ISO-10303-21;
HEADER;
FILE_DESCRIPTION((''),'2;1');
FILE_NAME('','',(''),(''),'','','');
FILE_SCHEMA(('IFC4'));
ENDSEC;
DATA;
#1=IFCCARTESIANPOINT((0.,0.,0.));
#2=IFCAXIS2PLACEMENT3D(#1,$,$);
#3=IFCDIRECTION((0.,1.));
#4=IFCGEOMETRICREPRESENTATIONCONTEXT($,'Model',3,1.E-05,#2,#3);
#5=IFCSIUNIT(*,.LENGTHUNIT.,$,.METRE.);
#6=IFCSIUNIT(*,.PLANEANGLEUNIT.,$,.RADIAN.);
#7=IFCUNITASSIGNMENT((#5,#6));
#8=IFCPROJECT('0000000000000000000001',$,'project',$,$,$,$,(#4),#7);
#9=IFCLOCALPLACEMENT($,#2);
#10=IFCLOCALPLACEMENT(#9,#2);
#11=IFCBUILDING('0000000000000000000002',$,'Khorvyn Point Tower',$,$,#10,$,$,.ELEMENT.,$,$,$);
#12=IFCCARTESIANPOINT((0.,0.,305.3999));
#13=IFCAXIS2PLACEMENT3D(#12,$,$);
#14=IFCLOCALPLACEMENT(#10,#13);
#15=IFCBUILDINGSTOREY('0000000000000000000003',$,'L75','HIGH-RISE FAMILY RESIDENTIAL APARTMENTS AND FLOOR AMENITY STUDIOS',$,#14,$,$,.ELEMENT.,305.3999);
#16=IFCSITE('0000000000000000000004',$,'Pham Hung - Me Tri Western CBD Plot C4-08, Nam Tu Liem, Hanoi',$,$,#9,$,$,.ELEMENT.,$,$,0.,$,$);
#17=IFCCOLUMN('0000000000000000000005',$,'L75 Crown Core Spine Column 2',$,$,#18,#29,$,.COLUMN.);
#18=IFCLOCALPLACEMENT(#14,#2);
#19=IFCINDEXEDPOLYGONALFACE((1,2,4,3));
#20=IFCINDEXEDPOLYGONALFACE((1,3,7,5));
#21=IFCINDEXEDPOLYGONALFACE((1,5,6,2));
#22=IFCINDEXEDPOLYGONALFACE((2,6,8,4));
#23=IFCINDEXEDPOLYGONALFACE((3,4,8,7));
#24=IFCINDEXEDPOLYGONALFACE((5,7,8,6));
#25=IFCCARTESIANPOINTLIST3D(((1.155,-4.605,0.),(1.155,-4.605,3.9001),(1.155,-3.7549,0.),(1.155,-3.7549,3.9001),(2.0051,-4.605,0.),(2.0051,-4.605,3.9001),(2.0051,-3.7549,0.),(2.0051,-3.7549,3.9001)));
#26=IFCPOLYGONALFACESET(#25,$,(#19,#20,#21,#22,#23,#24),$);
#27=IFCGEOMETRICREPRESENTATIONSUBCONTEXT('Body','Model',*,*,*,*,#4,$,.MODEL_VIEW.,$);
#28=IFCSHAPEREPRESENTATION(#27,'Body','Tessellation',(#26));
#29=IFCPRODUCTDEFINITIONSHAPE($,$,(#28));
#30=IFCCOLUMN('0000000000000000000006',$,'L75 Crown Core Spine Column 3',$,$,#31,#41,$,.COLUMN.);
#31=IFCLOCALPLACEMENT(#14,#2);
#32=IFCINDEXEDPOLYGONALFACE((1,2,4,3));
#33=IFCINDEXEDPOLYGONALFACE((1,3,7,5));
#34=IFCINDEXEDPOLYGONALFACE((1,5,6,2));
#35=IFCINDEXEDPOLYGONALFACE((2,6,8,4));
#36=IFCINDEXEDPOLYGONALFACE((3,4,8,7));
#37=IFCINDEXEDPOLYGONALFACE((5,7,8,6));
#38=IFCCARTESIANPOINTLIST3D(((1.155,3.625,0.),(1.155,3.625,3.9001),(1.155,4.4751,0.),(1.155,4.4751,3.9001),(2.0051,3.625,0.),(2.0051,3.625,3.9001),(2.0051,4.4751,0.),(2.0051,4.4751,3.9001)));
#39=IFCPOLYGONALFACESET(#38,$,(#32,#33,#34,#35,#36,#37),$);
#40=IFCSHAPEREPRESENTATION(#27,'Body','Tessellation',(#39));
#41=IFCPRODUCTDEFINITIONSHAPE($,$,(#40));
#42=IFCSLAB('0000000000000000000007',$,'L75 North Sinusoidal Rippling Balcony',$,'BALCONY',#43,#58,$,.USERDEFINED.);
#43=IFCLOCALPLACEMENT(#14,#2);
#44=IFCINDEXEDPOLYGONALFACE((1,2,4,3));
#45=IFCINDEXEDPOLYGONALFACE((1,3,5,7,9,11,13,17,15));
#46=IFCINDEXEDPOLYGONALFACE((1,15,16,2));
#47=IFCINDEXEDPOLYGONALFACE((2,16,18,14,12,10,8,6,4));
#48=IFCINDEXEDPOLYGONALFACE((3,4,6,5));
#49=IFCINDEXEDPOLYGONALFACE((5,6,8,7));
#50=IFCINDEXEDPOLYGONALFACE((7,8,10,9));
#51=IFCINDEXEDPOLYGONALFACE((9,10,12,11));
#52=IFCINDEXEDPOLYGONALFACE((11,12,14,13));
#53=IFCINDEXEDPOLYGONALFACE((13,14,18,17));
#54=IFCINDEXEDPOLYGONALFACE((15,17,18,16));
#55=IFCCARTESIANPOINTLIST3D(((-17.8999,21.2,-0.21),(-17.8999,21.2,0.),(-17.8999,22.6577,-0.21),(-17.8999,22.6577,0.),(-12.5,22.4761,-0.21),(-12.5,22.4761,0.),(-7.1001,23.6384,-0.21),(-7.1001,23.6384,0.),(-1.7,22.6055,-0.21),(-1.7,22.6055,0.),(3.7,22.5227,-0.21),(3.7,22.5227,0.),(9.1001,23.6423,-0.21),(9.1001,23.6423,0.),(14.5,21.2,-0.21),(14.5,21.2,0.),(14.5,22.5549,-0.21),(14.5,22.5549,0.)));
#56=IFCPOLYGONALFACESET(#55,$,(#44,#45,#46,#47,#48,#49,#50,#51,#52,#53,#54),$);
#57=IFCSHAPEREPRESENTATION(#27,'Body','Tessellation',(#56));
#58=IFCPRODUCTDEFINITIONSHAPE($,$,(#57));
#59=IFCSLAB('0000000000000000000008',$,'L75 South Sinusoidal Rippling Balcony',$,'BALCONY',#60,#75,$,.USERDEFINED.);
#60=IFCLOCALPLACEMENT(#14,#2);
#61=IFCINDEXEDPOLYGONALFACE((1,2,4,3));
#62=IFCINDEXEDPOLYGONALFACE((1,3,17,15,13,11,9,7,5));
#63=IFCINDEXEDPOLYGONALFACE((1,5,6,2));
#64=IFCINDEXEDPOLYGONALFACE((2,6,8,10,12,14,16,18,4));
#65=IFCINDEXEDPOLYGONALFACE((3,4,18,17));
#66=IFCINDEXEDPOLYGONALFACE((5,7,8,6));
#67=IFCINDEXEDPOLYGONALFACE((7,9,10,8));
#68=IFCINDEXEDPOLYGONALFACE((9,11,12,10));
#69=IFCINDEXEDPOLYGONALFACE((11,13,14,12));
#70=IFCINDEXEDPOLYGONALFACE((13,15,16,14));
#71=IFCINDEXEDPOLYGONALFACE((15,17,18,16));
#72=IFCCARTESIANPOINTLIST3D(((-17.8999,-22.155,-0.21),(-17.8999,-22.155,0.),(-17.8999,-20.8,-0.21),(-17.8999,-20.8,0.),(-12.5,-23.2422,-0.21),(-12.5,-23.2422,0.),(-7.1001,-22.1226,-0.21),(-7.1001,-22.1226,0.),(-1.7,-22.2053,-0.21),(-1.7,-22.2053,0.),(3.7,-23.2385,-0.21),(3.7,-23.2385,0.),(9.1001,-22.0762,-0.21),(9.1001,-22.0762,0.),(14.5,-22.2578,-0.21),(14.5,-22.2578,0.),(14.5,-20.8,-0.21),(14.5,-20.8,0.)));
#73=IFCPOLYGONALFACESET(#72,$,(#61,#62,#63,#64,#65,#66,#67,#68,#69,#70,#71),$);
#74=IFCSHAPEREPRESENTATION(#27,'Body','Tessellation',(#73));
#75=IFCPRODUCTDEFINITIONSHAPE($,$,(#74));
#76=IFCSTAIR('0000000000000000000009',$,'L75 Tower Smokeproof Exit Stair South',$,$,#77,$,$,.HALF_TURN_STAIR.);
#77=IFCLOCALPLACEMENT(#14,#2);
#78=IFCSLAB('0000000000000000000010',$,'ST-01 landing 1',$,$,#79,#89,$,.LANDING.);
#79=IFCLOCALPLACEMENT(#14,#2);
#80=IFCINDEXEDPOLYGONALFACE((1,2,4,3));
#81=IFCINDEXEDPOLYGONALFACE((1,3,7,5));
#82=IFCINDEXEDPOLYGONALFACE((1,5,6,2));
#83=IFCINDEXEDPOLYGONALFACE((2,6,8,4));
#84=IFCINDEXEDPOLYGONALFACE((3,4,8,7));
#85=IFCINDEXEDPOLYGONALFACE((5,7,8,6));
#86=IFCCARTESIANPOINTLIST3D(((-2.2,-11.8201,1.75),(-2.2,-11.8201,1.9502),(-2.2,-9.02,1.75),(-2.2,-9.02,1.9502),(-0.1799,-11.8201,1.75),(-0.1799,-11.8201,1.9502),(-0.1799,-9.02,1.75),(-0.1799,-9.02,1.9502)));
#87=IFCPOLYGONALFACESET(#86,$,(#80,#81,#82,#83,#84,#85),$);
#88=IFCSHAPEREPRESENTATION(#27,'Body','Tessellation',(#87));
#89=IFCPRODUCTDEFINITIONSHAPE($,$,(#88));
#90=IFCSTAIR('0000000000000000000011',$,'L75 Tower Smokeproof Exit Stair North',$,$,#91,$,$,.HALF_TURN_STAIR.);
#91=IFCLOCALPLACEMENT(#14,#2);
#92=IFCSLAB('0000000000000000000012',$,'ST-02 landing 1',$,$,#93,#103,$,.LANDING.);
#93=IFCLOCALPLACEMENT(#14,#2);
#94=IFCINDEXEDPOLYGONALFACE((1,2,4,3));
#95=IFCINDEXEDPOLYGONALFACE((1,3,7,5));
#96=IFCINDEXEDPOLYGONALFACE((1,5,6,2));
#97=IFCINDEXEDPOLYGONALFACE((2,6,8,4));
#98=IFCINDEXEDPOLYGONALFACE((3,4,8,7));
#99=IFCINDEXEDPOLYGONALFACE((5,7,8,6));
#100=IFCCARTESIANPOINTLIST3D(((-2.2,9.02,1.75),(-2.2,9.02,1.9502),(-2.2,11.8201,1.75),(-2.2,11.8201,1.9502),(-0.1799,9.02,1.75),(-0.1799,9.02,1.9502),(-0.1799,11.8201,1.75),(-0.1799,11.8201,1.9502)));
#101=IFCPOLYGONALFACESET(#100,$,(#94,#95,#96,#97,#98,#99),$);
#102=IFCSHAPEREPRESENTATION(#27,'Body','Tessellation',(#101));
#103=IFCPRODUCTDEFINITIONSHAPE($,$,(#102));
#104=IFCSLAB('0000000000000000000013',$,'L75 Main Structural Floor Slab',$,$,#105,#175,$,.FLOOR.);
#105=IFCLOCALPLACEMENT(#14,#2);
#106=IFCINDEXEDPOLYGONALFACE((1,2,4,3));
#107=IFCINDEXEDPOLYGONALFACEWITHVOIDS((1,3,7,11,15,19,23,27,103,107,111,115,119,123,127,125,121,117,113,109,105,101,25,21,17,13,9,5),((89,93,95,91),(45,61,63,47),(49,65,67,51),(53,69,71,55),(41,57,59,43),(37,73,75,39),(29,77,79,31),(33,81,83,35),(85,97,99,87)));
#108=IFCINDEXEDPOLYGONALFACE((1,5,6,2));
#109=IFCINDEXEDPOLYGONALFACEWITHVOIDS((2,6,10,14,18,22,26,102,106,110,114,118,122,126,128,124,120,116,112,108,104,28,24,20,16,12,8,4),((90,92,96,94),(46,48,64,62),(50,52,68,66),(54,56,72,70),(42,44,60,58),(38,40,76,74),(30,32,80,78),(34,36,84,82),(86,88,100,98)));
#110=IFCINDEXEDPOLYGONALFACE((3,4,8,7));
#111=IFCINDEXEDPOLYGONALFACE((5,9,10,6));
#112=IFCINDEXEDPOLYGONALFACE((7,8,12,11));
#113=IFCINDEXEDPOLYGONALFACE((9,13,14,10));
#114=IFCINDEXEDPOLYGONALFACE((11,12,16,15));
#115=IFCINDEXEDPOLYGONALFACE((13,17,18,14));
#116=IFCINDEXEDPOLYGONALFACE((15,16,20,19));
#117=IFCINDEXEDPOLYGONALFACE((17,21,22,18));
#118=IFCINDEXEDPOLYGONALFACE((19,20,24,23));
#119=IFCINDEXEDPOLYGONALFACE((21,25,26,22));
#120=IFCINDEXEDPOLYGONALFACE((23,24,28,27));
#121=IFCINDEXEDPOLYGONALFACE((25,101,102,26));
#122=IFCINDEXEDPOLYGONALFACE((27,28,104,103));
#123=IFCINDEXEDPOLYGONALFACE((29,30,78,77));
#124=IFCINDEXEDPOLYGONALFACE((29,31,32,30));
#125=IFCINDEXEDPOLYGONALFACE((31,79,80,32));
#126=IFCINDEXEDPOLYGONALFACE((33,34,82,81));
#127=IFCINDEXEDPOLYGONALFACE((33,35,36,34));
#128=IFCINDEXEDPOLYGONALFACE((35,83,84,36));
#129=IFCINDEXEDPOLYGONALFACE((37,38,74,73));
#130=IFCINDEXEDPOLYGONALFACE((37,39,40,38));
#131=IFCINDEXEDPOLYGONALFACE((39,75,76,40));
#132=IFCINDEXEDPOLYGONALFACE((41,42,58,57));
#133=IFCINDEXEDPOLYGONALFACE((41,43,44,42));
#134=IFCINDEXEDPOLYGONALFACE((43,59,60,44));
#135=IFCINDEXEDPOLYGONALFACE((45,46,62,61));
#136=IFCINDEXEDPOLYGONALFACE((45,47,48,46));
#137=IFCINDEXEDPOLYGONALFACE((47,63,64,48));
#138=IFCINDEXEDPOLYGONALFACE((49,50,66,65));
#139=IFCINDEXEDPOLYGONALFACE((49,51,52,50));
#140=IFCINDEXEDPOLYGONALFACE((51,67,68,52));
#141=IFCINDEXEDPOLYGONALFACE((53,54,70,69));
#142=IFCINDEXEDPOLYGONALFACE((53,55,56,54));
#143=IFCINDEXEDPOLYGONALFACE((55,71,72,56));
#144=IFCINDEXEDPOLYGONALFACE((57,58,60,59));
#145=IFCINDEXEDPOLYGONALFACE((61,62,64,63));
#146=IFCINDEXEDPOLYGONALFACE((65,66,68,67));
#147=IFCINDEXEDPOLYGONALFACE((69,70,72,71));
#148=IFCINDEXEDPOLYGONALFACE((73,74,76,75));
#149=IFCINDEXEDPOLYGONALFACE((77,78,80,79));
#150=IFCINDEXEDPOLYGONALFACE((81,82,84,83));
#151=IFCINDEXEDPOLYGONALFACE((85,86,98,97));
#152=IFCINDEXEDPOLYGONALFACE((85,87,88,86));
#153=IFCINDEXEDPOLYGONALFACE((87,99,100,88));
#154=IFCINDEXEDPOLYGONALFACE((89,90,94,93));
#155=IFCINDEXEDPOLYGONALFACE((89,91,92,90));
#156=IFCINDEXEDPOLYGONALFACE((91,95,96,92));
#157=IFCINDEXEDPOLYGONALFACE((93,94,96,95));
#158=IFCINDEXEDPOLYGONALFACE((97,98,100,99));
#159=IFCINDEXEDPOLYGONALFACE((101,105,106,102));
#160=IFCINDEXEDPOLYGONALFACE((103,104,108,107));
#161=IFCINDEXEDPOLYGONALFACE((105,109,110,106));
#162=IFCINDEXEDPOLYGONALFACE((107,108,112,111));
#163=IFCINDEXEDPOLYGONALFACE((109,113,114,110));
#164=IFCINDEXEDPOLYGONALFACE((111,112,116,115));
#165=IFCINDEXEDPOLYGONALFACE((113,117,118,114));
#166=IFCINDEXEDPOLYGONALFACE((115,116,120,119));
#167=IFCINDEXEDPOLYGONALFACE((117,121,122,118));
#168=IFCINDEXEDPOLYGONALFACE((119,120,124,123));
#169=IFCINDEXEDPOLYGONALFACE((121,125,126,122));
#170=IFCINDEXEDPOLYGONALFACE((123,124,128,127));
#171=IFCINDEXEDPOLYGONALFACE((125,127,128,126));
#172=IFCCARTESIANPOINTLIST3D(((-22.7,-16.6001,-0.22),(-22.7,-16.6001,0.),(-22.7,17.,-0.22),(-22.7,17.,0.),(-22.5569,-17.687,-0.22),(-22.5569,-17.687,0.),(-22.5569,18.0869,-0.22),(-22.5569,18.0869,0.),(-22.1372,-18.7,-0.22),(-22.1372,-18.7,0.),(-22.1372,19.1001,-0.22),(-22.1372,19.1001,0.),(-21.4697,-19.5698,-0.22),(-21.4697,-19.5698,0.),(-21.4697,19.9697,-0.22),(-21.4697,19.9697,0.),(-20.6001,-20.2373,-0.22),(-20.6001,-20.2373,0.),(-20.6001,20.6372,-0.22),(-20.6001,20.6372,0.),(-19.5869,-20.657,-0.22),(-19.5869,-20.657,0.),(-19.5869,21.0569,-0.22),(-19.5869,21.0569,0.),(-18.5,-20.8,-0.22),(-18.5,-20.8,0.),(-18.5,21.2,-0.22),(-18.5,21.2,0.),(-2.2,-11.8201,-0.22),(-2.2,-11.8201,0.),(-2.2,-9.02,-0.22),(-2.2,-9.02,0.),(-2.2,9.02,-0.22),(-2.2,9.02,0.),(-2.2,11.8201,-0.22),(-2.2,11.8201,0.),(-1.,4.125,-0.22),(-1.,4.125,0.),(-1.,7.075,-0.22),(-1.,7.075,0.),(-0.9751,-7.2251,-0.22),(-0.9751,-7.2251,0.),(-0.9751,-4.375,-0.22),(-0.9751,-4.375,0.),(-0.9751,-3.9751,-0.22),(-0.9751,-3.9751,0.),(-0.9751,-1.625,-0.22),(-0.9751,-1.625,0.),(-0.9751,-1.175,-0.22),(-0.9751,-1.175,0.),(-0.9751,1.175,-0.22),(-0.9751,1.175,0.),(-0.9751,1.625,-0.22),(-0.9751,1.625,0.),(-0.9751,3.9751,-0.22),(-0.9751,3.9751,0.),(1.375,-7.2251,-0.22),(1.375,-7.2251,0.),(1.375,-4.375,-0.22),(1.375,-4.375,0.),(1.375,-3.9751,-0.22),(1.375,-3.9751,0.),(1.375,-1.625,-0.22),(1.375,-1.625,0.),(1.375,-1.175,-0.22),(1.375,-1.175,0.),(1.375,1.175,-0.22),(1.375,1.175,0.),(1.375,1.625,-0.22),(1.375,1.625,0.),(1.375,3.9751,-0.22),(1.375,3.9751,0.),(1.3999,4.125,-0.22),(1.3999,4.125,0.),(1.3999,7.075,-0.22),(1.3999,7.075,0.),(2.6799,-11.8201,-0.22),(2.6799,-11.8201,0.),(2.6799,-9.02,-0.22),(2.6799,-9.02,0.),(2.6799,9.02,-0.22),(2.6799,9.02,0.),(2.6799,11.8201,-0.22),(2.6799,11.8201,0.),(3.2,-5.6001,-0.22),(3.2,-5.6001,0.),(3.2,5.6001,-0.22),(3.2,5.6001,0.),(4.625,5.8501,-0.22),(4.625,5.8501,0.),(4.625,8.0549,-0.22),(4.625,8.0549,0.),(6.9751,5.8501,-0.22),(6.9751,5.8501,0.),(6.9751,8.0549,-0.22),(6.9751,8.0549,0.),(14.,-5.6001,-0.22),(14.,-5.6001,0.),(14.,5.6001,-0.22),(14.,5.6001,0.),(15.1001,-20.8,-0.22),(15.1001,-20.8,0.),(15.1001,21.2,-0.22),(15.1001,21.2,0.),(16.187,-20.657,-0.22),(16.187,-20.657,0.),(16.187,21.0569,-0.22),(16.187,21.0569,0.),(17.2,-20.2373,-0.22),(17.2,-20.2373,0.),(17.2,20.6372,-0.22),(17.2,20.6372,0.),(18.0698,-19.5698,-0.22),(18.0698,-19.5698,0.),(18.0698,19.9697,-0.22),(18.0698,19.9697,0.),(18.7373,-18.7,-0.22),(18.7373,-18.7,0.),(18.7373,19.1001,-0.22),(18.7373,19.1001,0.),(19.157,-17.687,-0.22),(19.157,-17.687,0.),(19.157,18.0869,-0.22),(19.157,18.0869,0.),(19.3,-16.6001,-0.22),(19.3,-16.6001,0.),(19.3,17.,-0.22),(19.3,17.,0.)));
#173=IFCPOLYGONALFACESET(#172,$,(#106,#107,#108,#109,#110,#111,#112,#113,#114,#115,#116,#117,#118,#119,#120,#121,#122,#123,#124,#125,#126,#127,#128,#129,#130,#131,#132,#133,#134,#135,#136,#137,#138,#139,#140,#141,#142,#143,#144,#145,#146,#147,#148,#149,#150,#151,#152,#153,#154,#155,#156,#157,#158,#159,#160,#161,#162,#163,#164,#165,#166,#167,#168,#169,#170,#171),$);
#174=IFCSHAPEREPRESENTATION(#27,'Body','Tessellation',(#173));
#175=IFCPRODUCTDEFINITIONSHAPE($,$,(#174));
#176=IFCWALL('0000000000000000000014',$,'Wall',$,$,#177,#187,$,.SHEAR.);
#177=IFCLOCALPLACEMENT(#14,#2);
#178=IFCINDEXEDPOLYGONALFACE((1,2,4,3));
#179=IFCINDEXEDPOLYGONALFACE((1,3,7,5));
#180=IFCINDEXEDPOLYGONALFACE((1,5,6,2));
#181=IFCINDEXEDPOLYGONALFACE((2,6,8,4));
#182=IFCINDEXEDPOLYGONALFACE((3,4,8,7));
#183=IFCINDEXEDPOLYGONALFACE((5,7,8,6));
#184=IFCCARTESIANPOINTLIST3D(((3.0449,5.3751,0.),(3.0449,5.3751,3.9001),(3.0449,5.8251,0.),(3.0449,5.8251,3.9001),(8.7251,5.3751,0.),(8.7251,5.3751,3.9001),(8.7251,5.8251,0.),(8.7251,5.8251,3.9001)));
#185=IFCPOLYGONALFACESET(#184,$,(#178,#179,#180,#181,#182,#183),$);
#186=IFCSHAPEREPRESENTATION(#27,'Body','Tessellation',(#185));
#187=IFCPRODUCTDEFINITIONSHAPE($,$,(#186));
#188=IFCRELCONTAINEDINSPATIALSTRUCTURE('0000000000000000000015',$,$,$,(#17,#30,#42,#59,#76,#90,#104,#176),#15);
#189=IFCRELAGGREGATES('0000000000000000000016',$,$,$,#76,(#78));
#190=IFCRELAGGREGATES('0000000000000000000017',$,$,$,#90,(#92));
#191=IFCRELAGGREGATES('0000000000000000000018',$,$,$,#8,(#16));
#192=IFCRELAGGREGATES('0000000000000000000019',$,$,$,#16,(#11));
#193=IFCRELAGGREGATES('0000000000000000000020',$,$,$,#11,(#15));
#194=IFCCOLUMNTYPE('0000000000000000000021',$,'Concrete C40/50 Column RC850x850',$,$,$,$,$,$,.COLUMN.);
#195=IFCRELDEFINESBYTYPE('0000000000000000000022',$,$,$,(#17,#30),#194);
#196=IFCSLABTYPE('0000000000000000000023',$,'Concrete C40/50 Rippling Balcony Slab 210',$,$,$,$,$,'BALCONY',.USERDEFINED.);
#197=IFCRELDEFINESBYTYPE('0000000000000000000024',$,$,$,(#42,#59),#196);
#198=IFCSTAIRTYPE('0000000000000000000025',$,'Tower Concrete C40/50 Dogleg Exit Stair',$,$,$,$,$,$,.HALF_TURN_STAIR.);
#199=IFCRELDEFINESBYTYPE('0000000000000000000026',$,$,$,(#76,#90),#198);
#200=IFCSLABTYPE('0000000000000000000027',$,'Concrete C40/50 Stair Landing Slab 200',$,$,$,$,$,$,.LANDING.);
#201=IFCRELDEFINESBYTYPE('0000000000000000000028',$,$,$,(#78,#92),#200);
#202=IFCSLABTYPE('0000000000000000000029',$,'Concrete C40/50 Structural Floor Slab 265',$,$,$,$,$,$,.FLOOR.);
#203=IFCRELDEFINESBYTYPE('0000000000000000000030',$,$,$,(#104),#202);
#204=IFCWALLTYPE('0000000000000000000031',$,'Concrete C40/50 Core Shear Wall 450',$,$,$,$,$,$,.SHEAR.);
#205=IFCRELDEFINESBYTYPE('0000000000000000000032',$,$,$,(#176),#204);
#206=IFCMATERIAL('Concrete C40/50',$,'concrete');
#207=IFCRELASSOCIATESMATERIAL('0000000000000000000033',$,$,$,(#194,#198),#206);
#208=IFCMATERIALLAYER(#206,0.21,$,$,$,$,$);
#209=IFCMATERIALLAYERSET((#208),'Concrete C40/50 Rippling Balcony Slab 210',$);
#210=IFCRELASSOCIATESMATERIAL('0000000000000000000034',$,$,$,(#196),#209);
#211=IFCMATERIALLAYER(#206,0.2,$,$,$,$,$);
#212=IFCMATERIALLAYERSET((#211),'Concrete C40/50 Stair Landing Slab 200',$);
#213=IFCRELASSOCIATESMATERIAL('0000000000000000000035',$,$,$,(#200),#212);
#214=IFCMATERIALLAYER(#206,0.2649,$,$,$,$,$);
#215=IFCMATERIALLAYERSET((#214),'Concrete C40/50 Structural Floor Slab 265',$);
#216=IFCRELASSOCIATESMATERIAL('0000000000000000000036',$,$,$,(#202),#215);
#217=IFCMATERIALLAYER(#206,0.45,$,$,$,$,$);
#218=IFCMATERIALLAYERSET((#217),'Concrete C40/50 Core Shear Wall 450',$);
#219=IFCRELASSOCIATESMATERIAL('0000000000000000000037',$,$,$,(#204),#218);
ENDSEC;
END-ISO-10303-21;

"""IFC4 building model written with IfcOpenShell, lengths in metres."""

from ifc_helpers import new_model, si_unit, direction, frame, frame_2d, origin, origin_2d, place, context, subcontext, project, spatial, polyline, rectangle, outline, extrude, material, layer, layer_set, material_profile, profile_set, type_object, element, aggregate, save


model = new_model("IFC4")

# Units and contexts
model_context = context("Model", 3, precision=1e-05, world=origin(), true_north=direction((0.0, 1.0)))
body_context = subcontext(model_context, "Body", "Model", "MODEL_VIEW")
ifc_project = project(units=[si_unit("LENGTHUNIT", "METRE"), si_unit("PLANEANGLEUNIT", "RADIAN")], contexts=[model_context])

# Site, building, storey
site_placement = place(None, origin())
site = spatial("IfcSite", under=ifc_project, at=site_placement, Name="Pham Hung - Me Tri Western CBD Plot C4-08, Nam Tu Liem, Hanoi", CompositionType="ELEMENT", RefElevation=0.0)
building_placement = place(site_placement, origin())
building = spatial("IfcBuilding", under=site, at=building_placement, Name="Khorvyn Point Tower", CompositionType="ELEMENT")
storey_placement = place(building_placement, frame((0.0, 0.0, 305.3999)))
storey = spatial("IfcBuildingStorey", under=building, at=storey_placement, Name="L75", Description="HIGH-RISE FAMILY RESIDENTIAL APARTMENTS AND FLOOR AMENITY STUDIOS", CompositionType="ELEMENT", Elevation=305.3999)

# Columns
ifc_material_1 = material(Name="Concrete C40/50", Category="concrete")
ifc_material_profile = material_profile(ifc_material_1, rectangle(XDim=0.8501, YDim=0.8501, at=origin_2d()))
ifc_profile_set = profile_set([ifc_material_profile], Name="Concrete C40/50 RC850x850")
column_type = type_object("IfcColumnType", Name="Concrete C40/50 Column RC850x850", PredefinedType="COLUMN", material=ifc_profile_set)
for number, where, z_axis, x_axis, name in (
    (1, (1.5801, -4.1799, 0.0), (0.0, 0.0, 1.0), (1.0, 0.0, 0.0), "L75 Crown Core Spine Column 2"),
    (2, (1.5801, 4.05, 0.0), (0.0, 0.0, 1.0), (1.0, 0.0, 0.0), "L75 Crown Core Spine Column 3"),
):
    element("IfcColumn", number, at=place(storey_placement, frame(where, z_axis=z_axis, x_axis=x_axis)), inside=storey, type_object=column_type, Name=name, PredefinedType="COLUMN", context=body_context, shape_type="SweptSolid", body=[
        extrude(rectangle(XDim=0.8501, YDim=0.8501, at=origin_2d()), origin(), (0.0, 0.0, 1.0), 3.9001),
    ])

# Slabs
ifc_layer_1 = layer(ifc_material_1, 0.21)
ifc_layer_set_1 = layer_set([ifc_layer_1], Name="Concrete C40/50 Rippling Balcony Slab 210")
slab_type_1 = type_object("IfcSlabType", Name="Concrete C40/50 Rippling Balcony Slab 210", ElementType="BALCONY", PredefinedType="USERDEFINED", material=ifc_layer_set_1)
slab_1_placement = place(storey_placement, frame((0.0, 0.0, -0.21)))
element("IfcSlab", 3, at=slab_1_placement, inside=storey, type_object=slab_type_1, Name="L75 North Sinusoidal Rippling Balcony", ObjectType="BALCONY", PredefinedType="USERDEFINED", context=body_context, shape_type="SweptSolid", body=[
    extrude(outline(polyline([(14.5, 21.2), (14.5, 22.5549), (9.1001, 23.6423), (3.7, 22.5227), (-1.7, 22.6055), (-7.1001, 23.6384), (-12.5, 22.4761), (-17.8999, 22.6577), (-17.8999, 21.2), (14.5, 21.2)])), origin(), (0.0, 0.0, 1.0), 0.21),
])
slab_2_placement = place(storey_placement, frame((0.0, 0.0, -0.21)))
element("IfcSlab", 4, at=slab_2_placement, inside=storey, type_object=slab_type_1, Name="L75 South Sinusoidal Rippling Balcony", ObjectType="BALCONY", PredefinedType="USERDEFINED", context=body_context, shape_type="SweptSolid", body=[
    extrude(outline(polyline([(-17.8999, -20.8), (-17.8999, -22.155), (-12.5, -23.2422), (-7.1001, -22.1226), (-1.7, -22.2053), (3.7, -23.2385), (9.1001, -22.0762), (14.5, -22.2578), (14.5, -20.8), (-17.8999, -20.8)])), origin(), (0.0, 0.0, 1.0), 0.21),
])

# Stairs, slabs
stair_type = type_object("IfcStairType", Name="Tower Concrete C40/50 Dogleg Exit Stair", PredefinedType="HALF_TURN_STAIR", material=ifc_material_1)
stair_1_placement = place(storey_placement, origin())
stair_1 = element("IfcStair", 5, at=stair_1_placement, inside=storey, type_object=stair_type, Name="L75 Tower Smokeproof Exit Stair South", PredefinedType="HALF_TURN_STAIR")
ifc_layer_2 = layer(ifc_material_1, 0.2)
ifc_layer_set_2 = layer_set([ifc_layer_2], Name="Concrete C40/50 Stair Landing Slab 200")
slab_type_2 = type_object("IfcSlabType", Name="Concrete C40/50 Stair Landing Slab 200", PredefinedType="LANDING", material=ifc_layer_set_2)
slab_3_placement = place(storey_placement, frame((0.0, 0.0, 1.75)))
slab_3 = element("IfcSlab", 6, at=slab_3_placement, type_object=slab_type_2, Name="ST-01 landing 1", PredefinedType="LANDING", context=body_context, shape_type="SweptSolid", body=[
    extrude(outline(polyline([(-0.1799, -9.02), (-2.2, -9.02), (-2.2, -11.8201), (-0.1799, -11.8201), (-0.1799, -9.02)])), origin(), (0.0, 0.0, 1.0), 0.2002),
])
aggregate(stair_1, [slab_3])
stair_2_placement = place(storey_placement, origin())
stair_2 = element("IfcStair", 7, at=stair_2_placement, inside=storey, type_object=stair_type, Name="L75 Tower Smokeproof Exit Stair North", PredefinedType="HALF_TURN_STAIR")
slab_4_placement = place(storey_placement, frame((0.0, 0.0, 1.75)))
slab_4 = element("IfcSlab", 8, at=slab_4_placement, type_object=slab_type_2, Name="ST-02 landing 1", PredefinedType="LANDING", context=body_context, shape_type="SweptSolid", body=[
    extrude(outline(polyline([(-0.1799, 11.8201), (-2.2, 11.8201), (-2.2, 9.02), (-0.1799, 9.02), (-0.1799, 11.8201)])), origin(), (0.0, 0.0, 1.0), 0.2002),
])

# Slab
ifc_layer_3 = layer(ifc_material_1, 0.2649)
ifc_layer_set_3 = layer_set([ifc_layer_3], Name="Concrete C40/50 Structural Floor Slab 265")
slab_type_3 = type_object("IfcSlabType", Name="Concrete C40/50 Structural Floor Slab 265", PredefinedType="FLOOR", material=ifc_layer_set_3)
slab_5_placement = place(storey_placement, frame((0.0, 0.0, -0.22)))
element("IfcSlab", 9, at=slab_5_placement, inside=storey, type_object=slab_type_3, Name="L75 Main Structural Floor Slab", PredefinedType="FLOOR", context=body_context, shape_type="SweptSolid", body=[
    extrude(outline(polyline([(-18.5, -20.8), (-19.5869, -20.657), (-20.6001, -20.2373), (-21.4697, -19.5698), (-22.1372, -18.7), (-22.5569, -17.687), (-22.7, -16.6001), (-22.7, 17.0), (-22.5569, 18.0869), (-22.1372, 19.1001), (-21.4697, 19.9697), (-20.6001, 20.6372), (-19.5869, 21.0569), (-18.5, 21.2), (15.1001, 21.2), (16.187, 21.0569), (17.2, 20.6372), (18.0698, 19.9697), (18.7373, 19.1001), (19.157, 18.0869), (19.3, 17.0), (19.3, -16.6001), (19.157, -17.687), (18.7373, -18.7), (18.0698, -19.5698), (17.2, -20.2373), (16.187, -20.657), (15.1001, -20.8), (-18.5, -20.8)]), holes=[polyline([(2.6799, -11.8201), (2.6799, -9.02), (-2.2, -9.02), (-2.2, -11.8201), (2.6799, -11.8201)]), polyline([(1.375, -7.2251), (1.375, -4.375), (-0.9751, -4.375), (-0.9751, -7.2251), (1.375, -7.2251)]), polyline([(1.375, -3.9751), (1.375, -1.625), (-0.9751, -1.625), (-0.9751, -3.9751), (1.375, -3.9751)]), polyline([(1.375, -1.175), (1.375, 1.175), (-0.9751, 1.175), (-0.9751, -1.175), (1.375, -1.175)]), polyline([(14.0, -5.6001), (14.0, 5.6001), (3.2, 5.6001), (3.2, -5.6001), (14.0, -5.6001)]), polyline([(1.375, 1.625), (1.375, 3.9751), (-0.9751, 3.9751), (-0.9751, 1.625), (1.375, 1.625)]), polyline([(1.3999, 4.125), (1.3999, 7.075), (-1.0, 7.075), (-1.0, 4.125), (1.3999, 4.125)]), polyline([(4.625, 5.8501), (6.9751, 5.8501), (6.9751, 8.0549), (4.625, 8.0549), (4.625, 5.8501)]), polyline([(-2.2, 9.02), (2.6799, 9.02), (2.6799, 11.8201), (-2.2, 11.8201), (-2.2, 9.02)])]), origin(), (0.0, 0.0, 1.0), 0.22),
])

# Wall
ifc_layer_4 = layer(ifc_material_1, 0.45)
ifc_layer_set_4 = layer_set([ifc_layer_4], Name="Concrete C40/50 Core Shear Wall 450")
wall_type_1 = type_object("IfcWallType", Name="Concrete C40/50 Core Shear Wall 450", PredefinedType="SHEAR", material=ifc_layer_set_4)
wall_1_placement = place(storey_placement, frame((3.0449, 5.6001, 0.0), z_axis=(0.0, 0.0, 1.0), x_axis=(1.0, 0.0, 0.0)))
element("IfcWall", 10, at=wall_1_placement, inside=storey, type_object=wall_type_1, Name="Wall", PredefinedType="SHEAR", context=body_context, shape_type="SweptSolid", body=[
    extrude(rectangle(XDim=5.6802, YDim=0.45, at=frame_2d((2.8401, 0.0))), origin(), (0.0, 0.0, 1.0), 3.9001),
])

aggregate(stair_2, [slab_4])

save(model, "model.ifc")
